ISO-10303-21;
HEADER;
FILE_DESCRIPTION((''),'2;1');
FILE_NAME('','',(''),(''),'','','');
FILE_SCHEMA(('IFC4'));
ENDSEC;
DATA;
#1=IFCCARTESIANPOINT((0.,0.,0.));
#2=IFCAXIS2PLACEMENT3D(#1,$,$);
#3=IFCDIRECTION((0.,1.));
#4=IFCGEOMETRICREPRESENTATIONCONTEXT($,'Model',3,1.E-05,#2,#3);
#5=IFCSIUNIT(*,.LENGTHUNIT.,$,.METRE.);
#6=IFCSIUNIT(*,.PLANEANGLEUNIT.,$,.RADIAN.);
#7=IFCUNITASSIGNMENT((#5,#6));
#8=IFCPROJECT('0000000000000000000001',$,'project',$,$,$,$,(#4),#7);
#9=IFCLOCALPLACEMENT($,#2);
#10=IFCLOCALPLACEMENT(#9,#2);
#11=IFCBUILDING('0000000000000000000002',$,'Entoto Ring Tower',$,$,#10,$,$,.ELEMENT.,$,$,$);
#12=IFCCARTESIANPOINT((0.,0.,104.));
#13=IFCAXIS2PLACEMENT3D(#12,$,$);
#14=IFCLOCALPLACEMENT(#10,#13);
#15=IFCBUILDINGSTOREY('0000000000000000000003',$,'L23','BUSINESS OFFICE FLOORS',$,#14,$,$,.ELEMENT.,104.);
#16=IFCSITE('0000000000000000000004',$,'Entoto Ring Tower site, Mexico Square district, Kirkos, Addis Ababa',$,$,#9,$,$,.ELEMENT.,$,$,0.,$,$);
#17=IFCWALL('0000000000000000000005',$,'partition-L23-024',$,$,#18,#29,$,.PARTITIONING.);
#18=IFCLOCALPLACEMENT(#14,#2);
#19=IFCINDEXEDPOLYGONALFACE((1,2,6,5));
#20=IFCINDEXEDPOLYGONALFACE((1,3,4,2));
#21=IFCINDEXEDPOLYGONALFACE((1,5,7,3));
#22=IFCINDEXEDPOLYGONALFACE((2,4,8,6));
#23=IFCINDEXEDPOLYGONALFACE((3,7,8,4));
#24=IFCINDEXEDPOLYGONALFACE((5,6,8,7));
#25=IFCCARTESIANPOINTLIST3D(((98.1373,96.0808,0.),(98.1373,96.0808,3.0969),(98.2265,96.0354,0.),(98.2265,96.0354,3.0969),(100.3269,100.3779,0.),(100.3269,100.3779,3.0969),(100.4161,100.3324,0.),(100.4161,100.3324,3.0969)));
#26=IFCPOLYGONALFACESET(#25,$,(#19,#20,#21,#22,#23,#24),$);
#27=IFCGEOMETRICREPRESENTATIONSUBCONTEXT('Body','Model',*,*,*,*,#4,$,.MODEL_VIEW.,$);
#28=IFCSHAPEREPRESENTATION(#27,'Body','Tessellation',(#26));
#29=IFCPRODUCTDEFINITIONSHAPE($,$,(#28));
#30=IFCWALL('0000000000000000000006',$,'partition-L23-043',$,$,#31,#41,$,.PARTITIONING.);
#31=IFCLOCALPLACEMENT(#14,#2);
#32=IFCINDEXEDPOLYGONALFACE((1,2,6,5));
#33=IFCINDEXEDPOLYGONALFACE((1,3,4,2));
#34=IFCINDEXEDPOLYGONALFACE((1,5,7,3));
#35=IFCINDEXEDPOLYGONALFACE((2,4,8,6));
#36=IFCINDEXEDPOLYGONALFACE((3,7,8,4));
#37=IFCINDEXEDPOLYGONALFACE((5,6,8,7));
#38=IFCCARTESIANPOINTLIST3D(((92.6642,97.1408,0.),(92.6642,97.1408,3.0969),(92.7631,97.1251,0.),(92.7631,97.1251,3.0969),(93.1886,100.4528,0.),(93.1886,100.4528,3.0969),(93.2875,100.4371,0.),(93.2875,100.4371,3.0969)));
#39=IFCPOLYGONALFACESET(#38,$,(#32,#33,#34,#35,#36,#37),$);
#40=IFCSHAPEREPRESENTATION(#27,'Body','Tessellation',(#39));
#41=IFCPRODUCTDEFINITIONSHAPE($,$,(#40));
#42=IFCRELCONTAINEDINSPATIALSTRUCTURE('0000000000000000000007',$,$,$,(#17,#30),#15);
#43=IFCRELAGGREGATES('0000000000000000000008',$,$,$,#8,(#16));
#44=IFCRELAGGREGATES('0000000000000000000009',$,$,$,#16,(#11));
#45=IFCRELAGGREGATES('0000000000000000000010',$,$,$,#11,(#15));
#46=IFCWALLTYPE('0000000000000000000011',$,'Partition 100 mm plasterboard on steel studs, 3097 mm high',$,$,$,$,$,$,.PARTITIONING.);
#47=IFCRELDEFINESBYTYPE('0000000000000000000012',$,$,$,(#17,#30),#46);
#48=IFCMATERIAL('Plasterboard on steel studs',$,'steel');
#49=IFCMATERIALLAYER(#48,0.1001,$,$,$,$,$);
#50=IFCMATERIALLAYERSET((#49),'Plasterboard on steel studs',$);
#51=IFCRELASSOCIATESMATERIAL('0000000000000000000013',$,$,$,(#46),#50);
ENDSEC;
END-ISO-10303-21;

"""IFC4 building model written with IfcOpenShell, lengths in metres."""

from ifc_helpers import new_model, si_unit, direction, frame, frame_2d, origin, place, context, subcontext, project, spatial, rectangle, extrude, material, layer, layer_set, type_object, element, save


model = new_model("IFC4")

# Units and contexts
model_context = context("Model", 3, precision=1e-05, world=origin(), true_north=direction((0.0, 1.0)))
body_context = subcontext(model_context, "Body", "Model", "MODEL_VIEW")
ifc_project = project(units=[si_unit("LENGTHUNIT", "METRE"), si_unit("PLANEANGLEUNIT", "RADIAN")], contexts=[model_context])

# Site, building, storey
site_placement = place(None, origin())
site = spatial("IfcSite", under=ifc_project, at=site_placement, Name="Entoto Ring Tower site, Mexico Square district, Kirkos, Addis Ababa", CompositionType="ELEMENT", RefElevation=0.0)
building_placement = place(site_placement, origin())
building = spatial("IfcBuilding", under=site, at=building_placement, Name="Entoto Ring Tower", CompositionType="ELEMENT")
storey_placement = place(building_placement, frame((0.0, 0.0, 104.0)))
storey = spatial("IfcBuildingStorey", under=building, at=storey_placement, Name="L23", Description="BUSINESS OFFICE FLOORS", CompositionType="ELEMENT", Elevation=104.0)

# Walls
ifc_material_1 = material(Name="Plasterboard on steel studs", Category="steel")
ifc_layer_1 = layer(ifc_material_1, 0.1001)
ifc_layer_set_1 = layer_set([ifc_layer_1], Name="Plasterboard on steel studs")
wall_type_1 = type_object("IfcWallType", Name="Partition 100 mm plasterboard on steel studs, 3097 mm high", PredefinedType="PARTITIONING", material=ifc_layer_set_1)
wall_1_placement = place(storey_placement, frame((98.1819, 96.0581, 0.0), z_axis=(0.0, 0.0, 1.0), x_axis=(0.454024, 0.890989, 0.0)))
element("IfcWall", 1, at=wall_1_placement, inside=storey, type_object=wall_type_1, Name="partition-L23-024", PredefinedType="PARTITIONING", context=body_context, shape_type="SweptSolid", body=[
    extrude(rectangle(XDim=4.8228, YDim=0.1001, at=frame_2d((2.4114, 0.0))), origin(), (0.0, 0.0, 1.0), 3.0969),
])
wall_2_placement = place(storey_placement, frame((92.7136, 97.1328, 0.0), z_axis=(0.0, 0.0, 1.0), x_axis=(0.156389, 0.987696, 0.0)))
element("IfcWall", 2, at=wall_2_placement, inside=storey, type_object=wall_type_1, Name="partition-L23-043", PredefinedType="PARTITIONING", context=body_context, shape_type="SweptSolid", body=[
    extrude(rectangle(XDim=3.3533, YDim=0.1001, at=frame_2d((1.6768, 0.0))), origin(), (0.0, 0.0, 1.0), 3.0969),
])

save(model, "model.ifc")
